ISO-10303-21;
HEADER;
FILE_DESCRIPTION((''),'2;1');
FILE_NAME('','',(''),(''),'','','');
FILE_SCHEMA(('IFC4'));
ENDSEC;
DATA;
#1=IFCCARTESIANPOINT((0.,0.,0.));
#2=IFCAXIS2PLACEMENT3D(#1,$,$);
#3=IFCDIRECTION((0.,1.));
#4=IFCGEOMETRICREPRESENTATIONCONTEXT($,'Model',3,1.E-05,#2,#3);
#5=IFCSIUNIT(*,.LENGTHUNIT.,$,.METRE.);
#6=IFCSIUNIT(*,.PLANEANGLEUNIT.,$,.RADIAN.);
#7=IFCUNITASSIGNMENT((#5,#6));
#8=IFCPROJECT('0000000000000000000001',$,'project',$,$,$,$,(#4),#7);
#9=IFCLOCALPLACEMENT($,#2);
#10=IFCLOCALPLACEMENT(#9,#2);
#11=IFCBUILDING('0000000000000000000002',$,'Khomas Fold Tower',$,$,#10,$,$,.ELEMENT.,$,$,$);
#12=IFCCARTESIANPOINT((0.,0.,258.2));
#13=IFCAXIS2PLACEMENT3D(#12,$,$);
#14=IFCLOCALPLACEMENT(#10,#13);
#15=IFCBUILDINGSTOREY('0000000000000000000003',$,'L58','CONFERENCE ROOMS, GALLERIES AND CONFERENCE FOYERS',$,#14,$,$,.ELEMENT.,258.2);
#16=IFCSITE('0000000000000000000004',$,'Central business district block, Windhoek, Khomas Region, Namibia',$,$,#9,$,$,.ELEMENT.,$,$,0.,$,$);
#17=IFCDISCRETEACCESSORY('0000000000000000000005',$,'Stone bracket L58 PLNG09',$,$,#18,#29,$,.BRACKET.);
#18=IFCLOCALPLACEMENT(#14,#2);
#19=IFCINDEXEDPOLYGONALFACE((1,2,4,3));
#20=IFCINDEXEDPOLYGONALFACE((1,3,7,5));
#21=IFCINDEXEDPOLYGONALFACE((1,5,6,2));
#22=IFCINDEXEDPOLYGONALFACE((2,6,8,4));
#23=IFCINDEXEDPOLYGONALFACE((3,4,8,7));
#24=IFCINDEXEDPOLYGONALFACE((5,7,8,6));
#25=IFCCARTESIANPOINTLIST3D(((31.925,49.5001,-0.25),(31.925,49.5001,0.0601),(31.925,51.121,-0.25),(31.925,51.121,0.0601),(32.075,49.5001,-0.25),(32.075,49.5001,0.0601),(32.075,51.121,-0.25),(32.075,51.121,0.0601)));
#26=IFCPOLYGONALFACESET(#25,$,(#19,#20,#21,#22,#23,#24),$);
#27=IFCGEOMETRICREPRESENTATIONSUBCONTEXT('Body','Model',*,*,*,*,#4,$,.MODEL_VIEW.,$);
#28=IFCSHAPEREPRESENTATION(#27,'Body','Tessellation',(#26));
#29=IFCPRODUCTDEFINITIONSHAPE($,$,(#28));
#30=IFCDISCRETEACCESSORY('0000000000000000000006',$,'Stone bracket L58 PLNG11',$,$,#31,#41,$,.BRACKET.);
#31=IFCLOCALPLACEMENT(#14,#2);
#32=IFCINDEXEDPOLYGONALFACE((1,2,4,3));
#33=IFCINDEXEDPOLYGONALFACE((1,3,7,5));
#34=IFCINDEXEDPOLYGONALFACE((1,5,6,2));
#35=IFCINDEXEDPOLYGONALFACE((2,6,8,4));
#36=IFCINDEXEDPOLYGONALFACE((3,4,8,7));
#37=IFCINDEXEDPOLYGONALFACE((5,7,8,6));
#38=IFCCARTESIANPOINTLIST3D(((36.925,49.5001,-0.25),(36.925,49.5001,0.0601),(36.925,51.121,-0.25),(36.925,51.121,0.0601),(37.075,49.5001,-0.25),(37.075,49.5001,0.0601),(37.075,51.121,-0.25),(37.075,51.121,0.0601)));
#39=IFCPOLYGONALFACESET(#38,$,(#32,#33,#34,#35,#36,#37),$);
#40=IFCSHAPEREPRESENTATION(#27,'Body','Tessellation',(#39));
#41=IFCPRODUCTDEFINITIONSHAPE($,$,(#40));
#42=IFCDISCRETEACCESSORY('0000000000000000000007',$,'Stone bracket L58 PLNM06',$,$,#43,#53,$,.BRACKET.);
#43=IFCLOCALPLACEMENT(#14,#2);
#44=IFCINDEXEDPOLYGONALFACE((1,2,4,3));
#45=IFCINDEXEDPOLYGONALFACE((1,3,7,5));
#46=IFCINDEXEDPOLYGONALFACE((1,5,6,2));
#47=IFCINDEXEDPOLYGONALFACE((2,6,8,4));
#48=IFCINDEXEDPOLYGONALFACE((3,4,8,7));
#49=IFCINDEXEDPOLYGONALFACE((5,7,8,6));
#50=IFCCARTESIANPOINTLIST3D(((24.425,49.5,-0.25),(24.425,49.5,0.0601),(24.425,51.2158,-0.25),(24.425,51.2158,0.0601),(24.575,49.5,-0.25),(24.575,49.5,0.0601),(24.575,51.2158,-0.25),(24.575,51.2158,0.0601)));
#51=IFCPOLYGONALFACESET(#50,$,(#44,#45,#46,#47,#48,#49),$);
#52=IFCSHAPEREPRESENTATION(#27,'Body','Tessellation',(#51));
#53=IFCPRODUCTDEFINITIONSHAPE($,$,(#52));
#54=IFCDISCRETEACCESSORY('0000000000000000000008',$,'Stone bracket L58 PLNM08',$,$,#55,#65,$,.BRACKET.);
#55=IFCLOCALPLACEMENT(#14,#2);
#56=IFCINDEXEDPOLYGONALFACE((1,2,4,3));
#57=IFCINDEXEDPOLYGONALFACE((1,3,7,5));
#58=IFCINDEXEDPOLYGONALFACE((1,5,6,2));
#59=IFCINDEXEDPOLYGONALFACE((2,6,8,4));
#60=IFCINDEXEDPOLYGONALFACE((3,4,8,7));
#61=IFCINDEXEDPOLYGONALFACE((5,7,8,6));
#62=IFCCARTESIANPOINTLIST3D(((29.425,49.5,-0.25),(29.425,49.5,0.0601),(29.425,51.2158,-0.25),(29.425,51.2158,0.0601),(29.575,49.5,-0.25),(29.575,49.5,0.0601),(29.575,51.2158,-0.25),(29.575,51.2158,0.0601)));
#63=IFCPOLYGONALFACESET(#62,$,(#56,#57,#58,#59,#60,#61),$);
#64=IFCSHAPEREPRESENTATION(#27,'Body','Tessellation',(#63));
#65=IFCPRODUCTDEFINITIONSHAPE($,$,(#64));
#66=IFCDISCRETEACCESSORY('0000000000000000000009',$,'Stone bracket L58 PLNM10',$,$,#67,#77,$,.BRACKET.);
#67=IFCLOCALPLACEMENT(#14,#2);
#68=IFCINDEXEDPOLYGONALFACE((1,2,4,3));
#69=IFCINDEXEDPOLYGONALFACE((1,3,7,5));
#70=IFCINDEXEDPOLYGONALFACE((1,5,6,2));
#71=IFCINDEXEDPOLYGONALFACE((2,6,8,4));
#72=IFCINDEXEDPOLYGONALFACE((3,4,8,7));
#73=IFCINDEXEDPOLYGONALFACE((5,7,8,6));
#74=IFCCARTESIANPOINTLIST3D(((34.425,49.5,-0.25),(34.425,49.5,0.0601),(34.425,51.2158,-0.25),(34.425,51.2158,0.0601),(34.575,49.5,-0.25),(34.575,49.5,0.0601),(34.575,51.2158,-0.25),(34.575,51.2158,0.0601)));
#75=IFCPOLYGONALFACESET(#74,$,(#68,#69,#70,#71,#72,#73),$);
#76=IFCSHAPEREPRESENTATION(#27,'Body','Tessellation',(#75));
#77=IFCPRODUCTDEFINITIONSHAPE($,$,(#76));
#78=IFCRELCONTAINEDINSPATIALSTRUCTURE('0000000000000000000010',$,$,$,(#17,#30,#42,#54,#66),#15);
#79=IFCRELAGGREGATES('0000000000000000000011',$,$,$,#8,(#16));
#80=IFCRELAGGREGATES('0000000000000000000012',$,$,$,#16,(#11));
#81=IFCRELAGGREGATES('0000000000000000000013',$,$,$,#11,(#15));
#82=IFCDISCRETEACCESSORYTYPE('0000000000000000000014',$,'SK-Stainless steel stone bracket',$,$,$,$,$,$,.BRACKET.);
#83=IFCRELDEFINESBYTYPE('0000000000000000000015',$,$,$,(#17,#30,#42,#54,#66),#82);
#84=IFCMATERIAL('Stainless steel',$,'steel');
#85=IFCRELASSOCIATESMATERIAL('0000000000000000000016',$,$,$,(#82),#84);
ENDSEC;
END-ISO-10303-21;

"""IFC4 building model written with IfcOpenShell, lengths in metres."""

from ifc_helpers import new_model, si_unit, direction, frame, origin, origin_2d, place, context, subcontext, project, spatial, rectangle, extrude, source, transform, mapped, material, type_object, element, save


model = new_model("IFC4")

# Units and contexts
model_context = context("Model", 3, precision=1e-05, world=origin(), true_north=direction((0.0, 1.0)))
body_context = subcontext(model_context, "Body", "Model", "MODEL_VIEW")
ifc_project = project(units=[si_unit("LENGTHUNIT", "METRE"), si_unit("PLANEANGLEUNIT", "RADIAN")], contexts=[model_context])

# Site, building, storey
site_placement = place(None, origin())
site = spatial("IfcSite", under=ifc_project, at=site_placement, Name="Central business district block, Windhoek, Khomas Region, Namibia", CompositionType="ELEMENT", RefElevation=0.0)
building_placement = place(site_placement, origin())
building = spatial("IfcBuilding", under=site, at=building_placement, Name="Khomas Fold Tower", CompositionType="ELEMENT")
storey_placement = place(building_placement, frame((0.0, 0.0, 258.2)))
storey = spatial("IfcBuildingStorey", under=building, at=storey_placement, Name="L58", Description="CONFERENCE ROOMS, GALLERIES AND CONFERENCE FOYERS", CompositionType="ELEMENT", Elevation=258.2)

# Discrete accessories
ifc_material_1 = material(Name="Stainless steel", Category="steel")
discrete_accessory_type = type_object("IfcDiscreteAccessoryType", Name="SK-Stainless steel stone bracket", PredefinedType="BRACKET", material=ifc_material_1)
shared_shape_1 = source(origin(), body_context, "Body", "SweptSolid", [
    extrude(rectangle(XDim=1.6208, YDim=0.1499, at=origin_2d()), origin(), (0.0, 0.0, 1.0), 0.3101),
])
for number, where, z_axis, x_axis, name in (
    (1, (32.0, 50.3105, -0.25), (0.0, 0.0, 1.0), (0.0, 1.0, 0.0), "Stone bracket L58 PLNG09"),
    (2, (37.0, 50.3105, -0.25), (0.0, 0.0, 1.0), (0.0, 1.0, 0.0), "Stone bracket L58 PLNG11"),
):
    element("IfcDiscreteAccessory", number, at=place(storey_placement, frame(where, z_axis=z_axis, x_axis=x_axis)), inside=storey, type_object=discrete_accessory_type, Name=name, PredefinedType="BRACKET", context=body_context, shape_type="MappedRepresentation", body=[
        mapped(shared_shape_1, transform((0.0, 0.0, 0.0))),
    ])
shared_shape_2 = source(origin(), body_context, "Body", "SweptSolid", [
    extrude(rectangle(XDim=1.7158, YDim=0.1499, at=origin_2d()), origin(), (0.0, 0.0, 1.0), 0.3101),
])
for number, where, z_axis, x_axis, name in (
    (3, (24.5, 50.3579, -0.25), (0.0, 0.0, 1.0), (0.0, 1.0, 0.0), "Stone bracket L58 PLNM06"),
    (4, (29.5, 50.3579, -0.25), (0.0, 0.0, 1.0), (0.0, 1.0, 0.0), "Stone bracket L58 PLNM08"),
    (5, (34.5, 50.3579, -0.25), (0.0, 0.0, 1.0), (0.0, 1.0, 0.0), "Stone bracket L58 PLNM10"),
):
    element("IfcDiscreteAccessory", number, at=place(storey_placement, frame(where, z_axis=z_axis, x_axis=x_axis)), inside=storey, type_object=discrete_accessory_type, Name=name, PredefinedType="BRACKET", context=body_context, shape_type="MappedRepresentation", body=[
        mapped(shared_shape_2, transform((0.0, 0.0, 0.0))),
    ])

save(model, "model.ifc")
